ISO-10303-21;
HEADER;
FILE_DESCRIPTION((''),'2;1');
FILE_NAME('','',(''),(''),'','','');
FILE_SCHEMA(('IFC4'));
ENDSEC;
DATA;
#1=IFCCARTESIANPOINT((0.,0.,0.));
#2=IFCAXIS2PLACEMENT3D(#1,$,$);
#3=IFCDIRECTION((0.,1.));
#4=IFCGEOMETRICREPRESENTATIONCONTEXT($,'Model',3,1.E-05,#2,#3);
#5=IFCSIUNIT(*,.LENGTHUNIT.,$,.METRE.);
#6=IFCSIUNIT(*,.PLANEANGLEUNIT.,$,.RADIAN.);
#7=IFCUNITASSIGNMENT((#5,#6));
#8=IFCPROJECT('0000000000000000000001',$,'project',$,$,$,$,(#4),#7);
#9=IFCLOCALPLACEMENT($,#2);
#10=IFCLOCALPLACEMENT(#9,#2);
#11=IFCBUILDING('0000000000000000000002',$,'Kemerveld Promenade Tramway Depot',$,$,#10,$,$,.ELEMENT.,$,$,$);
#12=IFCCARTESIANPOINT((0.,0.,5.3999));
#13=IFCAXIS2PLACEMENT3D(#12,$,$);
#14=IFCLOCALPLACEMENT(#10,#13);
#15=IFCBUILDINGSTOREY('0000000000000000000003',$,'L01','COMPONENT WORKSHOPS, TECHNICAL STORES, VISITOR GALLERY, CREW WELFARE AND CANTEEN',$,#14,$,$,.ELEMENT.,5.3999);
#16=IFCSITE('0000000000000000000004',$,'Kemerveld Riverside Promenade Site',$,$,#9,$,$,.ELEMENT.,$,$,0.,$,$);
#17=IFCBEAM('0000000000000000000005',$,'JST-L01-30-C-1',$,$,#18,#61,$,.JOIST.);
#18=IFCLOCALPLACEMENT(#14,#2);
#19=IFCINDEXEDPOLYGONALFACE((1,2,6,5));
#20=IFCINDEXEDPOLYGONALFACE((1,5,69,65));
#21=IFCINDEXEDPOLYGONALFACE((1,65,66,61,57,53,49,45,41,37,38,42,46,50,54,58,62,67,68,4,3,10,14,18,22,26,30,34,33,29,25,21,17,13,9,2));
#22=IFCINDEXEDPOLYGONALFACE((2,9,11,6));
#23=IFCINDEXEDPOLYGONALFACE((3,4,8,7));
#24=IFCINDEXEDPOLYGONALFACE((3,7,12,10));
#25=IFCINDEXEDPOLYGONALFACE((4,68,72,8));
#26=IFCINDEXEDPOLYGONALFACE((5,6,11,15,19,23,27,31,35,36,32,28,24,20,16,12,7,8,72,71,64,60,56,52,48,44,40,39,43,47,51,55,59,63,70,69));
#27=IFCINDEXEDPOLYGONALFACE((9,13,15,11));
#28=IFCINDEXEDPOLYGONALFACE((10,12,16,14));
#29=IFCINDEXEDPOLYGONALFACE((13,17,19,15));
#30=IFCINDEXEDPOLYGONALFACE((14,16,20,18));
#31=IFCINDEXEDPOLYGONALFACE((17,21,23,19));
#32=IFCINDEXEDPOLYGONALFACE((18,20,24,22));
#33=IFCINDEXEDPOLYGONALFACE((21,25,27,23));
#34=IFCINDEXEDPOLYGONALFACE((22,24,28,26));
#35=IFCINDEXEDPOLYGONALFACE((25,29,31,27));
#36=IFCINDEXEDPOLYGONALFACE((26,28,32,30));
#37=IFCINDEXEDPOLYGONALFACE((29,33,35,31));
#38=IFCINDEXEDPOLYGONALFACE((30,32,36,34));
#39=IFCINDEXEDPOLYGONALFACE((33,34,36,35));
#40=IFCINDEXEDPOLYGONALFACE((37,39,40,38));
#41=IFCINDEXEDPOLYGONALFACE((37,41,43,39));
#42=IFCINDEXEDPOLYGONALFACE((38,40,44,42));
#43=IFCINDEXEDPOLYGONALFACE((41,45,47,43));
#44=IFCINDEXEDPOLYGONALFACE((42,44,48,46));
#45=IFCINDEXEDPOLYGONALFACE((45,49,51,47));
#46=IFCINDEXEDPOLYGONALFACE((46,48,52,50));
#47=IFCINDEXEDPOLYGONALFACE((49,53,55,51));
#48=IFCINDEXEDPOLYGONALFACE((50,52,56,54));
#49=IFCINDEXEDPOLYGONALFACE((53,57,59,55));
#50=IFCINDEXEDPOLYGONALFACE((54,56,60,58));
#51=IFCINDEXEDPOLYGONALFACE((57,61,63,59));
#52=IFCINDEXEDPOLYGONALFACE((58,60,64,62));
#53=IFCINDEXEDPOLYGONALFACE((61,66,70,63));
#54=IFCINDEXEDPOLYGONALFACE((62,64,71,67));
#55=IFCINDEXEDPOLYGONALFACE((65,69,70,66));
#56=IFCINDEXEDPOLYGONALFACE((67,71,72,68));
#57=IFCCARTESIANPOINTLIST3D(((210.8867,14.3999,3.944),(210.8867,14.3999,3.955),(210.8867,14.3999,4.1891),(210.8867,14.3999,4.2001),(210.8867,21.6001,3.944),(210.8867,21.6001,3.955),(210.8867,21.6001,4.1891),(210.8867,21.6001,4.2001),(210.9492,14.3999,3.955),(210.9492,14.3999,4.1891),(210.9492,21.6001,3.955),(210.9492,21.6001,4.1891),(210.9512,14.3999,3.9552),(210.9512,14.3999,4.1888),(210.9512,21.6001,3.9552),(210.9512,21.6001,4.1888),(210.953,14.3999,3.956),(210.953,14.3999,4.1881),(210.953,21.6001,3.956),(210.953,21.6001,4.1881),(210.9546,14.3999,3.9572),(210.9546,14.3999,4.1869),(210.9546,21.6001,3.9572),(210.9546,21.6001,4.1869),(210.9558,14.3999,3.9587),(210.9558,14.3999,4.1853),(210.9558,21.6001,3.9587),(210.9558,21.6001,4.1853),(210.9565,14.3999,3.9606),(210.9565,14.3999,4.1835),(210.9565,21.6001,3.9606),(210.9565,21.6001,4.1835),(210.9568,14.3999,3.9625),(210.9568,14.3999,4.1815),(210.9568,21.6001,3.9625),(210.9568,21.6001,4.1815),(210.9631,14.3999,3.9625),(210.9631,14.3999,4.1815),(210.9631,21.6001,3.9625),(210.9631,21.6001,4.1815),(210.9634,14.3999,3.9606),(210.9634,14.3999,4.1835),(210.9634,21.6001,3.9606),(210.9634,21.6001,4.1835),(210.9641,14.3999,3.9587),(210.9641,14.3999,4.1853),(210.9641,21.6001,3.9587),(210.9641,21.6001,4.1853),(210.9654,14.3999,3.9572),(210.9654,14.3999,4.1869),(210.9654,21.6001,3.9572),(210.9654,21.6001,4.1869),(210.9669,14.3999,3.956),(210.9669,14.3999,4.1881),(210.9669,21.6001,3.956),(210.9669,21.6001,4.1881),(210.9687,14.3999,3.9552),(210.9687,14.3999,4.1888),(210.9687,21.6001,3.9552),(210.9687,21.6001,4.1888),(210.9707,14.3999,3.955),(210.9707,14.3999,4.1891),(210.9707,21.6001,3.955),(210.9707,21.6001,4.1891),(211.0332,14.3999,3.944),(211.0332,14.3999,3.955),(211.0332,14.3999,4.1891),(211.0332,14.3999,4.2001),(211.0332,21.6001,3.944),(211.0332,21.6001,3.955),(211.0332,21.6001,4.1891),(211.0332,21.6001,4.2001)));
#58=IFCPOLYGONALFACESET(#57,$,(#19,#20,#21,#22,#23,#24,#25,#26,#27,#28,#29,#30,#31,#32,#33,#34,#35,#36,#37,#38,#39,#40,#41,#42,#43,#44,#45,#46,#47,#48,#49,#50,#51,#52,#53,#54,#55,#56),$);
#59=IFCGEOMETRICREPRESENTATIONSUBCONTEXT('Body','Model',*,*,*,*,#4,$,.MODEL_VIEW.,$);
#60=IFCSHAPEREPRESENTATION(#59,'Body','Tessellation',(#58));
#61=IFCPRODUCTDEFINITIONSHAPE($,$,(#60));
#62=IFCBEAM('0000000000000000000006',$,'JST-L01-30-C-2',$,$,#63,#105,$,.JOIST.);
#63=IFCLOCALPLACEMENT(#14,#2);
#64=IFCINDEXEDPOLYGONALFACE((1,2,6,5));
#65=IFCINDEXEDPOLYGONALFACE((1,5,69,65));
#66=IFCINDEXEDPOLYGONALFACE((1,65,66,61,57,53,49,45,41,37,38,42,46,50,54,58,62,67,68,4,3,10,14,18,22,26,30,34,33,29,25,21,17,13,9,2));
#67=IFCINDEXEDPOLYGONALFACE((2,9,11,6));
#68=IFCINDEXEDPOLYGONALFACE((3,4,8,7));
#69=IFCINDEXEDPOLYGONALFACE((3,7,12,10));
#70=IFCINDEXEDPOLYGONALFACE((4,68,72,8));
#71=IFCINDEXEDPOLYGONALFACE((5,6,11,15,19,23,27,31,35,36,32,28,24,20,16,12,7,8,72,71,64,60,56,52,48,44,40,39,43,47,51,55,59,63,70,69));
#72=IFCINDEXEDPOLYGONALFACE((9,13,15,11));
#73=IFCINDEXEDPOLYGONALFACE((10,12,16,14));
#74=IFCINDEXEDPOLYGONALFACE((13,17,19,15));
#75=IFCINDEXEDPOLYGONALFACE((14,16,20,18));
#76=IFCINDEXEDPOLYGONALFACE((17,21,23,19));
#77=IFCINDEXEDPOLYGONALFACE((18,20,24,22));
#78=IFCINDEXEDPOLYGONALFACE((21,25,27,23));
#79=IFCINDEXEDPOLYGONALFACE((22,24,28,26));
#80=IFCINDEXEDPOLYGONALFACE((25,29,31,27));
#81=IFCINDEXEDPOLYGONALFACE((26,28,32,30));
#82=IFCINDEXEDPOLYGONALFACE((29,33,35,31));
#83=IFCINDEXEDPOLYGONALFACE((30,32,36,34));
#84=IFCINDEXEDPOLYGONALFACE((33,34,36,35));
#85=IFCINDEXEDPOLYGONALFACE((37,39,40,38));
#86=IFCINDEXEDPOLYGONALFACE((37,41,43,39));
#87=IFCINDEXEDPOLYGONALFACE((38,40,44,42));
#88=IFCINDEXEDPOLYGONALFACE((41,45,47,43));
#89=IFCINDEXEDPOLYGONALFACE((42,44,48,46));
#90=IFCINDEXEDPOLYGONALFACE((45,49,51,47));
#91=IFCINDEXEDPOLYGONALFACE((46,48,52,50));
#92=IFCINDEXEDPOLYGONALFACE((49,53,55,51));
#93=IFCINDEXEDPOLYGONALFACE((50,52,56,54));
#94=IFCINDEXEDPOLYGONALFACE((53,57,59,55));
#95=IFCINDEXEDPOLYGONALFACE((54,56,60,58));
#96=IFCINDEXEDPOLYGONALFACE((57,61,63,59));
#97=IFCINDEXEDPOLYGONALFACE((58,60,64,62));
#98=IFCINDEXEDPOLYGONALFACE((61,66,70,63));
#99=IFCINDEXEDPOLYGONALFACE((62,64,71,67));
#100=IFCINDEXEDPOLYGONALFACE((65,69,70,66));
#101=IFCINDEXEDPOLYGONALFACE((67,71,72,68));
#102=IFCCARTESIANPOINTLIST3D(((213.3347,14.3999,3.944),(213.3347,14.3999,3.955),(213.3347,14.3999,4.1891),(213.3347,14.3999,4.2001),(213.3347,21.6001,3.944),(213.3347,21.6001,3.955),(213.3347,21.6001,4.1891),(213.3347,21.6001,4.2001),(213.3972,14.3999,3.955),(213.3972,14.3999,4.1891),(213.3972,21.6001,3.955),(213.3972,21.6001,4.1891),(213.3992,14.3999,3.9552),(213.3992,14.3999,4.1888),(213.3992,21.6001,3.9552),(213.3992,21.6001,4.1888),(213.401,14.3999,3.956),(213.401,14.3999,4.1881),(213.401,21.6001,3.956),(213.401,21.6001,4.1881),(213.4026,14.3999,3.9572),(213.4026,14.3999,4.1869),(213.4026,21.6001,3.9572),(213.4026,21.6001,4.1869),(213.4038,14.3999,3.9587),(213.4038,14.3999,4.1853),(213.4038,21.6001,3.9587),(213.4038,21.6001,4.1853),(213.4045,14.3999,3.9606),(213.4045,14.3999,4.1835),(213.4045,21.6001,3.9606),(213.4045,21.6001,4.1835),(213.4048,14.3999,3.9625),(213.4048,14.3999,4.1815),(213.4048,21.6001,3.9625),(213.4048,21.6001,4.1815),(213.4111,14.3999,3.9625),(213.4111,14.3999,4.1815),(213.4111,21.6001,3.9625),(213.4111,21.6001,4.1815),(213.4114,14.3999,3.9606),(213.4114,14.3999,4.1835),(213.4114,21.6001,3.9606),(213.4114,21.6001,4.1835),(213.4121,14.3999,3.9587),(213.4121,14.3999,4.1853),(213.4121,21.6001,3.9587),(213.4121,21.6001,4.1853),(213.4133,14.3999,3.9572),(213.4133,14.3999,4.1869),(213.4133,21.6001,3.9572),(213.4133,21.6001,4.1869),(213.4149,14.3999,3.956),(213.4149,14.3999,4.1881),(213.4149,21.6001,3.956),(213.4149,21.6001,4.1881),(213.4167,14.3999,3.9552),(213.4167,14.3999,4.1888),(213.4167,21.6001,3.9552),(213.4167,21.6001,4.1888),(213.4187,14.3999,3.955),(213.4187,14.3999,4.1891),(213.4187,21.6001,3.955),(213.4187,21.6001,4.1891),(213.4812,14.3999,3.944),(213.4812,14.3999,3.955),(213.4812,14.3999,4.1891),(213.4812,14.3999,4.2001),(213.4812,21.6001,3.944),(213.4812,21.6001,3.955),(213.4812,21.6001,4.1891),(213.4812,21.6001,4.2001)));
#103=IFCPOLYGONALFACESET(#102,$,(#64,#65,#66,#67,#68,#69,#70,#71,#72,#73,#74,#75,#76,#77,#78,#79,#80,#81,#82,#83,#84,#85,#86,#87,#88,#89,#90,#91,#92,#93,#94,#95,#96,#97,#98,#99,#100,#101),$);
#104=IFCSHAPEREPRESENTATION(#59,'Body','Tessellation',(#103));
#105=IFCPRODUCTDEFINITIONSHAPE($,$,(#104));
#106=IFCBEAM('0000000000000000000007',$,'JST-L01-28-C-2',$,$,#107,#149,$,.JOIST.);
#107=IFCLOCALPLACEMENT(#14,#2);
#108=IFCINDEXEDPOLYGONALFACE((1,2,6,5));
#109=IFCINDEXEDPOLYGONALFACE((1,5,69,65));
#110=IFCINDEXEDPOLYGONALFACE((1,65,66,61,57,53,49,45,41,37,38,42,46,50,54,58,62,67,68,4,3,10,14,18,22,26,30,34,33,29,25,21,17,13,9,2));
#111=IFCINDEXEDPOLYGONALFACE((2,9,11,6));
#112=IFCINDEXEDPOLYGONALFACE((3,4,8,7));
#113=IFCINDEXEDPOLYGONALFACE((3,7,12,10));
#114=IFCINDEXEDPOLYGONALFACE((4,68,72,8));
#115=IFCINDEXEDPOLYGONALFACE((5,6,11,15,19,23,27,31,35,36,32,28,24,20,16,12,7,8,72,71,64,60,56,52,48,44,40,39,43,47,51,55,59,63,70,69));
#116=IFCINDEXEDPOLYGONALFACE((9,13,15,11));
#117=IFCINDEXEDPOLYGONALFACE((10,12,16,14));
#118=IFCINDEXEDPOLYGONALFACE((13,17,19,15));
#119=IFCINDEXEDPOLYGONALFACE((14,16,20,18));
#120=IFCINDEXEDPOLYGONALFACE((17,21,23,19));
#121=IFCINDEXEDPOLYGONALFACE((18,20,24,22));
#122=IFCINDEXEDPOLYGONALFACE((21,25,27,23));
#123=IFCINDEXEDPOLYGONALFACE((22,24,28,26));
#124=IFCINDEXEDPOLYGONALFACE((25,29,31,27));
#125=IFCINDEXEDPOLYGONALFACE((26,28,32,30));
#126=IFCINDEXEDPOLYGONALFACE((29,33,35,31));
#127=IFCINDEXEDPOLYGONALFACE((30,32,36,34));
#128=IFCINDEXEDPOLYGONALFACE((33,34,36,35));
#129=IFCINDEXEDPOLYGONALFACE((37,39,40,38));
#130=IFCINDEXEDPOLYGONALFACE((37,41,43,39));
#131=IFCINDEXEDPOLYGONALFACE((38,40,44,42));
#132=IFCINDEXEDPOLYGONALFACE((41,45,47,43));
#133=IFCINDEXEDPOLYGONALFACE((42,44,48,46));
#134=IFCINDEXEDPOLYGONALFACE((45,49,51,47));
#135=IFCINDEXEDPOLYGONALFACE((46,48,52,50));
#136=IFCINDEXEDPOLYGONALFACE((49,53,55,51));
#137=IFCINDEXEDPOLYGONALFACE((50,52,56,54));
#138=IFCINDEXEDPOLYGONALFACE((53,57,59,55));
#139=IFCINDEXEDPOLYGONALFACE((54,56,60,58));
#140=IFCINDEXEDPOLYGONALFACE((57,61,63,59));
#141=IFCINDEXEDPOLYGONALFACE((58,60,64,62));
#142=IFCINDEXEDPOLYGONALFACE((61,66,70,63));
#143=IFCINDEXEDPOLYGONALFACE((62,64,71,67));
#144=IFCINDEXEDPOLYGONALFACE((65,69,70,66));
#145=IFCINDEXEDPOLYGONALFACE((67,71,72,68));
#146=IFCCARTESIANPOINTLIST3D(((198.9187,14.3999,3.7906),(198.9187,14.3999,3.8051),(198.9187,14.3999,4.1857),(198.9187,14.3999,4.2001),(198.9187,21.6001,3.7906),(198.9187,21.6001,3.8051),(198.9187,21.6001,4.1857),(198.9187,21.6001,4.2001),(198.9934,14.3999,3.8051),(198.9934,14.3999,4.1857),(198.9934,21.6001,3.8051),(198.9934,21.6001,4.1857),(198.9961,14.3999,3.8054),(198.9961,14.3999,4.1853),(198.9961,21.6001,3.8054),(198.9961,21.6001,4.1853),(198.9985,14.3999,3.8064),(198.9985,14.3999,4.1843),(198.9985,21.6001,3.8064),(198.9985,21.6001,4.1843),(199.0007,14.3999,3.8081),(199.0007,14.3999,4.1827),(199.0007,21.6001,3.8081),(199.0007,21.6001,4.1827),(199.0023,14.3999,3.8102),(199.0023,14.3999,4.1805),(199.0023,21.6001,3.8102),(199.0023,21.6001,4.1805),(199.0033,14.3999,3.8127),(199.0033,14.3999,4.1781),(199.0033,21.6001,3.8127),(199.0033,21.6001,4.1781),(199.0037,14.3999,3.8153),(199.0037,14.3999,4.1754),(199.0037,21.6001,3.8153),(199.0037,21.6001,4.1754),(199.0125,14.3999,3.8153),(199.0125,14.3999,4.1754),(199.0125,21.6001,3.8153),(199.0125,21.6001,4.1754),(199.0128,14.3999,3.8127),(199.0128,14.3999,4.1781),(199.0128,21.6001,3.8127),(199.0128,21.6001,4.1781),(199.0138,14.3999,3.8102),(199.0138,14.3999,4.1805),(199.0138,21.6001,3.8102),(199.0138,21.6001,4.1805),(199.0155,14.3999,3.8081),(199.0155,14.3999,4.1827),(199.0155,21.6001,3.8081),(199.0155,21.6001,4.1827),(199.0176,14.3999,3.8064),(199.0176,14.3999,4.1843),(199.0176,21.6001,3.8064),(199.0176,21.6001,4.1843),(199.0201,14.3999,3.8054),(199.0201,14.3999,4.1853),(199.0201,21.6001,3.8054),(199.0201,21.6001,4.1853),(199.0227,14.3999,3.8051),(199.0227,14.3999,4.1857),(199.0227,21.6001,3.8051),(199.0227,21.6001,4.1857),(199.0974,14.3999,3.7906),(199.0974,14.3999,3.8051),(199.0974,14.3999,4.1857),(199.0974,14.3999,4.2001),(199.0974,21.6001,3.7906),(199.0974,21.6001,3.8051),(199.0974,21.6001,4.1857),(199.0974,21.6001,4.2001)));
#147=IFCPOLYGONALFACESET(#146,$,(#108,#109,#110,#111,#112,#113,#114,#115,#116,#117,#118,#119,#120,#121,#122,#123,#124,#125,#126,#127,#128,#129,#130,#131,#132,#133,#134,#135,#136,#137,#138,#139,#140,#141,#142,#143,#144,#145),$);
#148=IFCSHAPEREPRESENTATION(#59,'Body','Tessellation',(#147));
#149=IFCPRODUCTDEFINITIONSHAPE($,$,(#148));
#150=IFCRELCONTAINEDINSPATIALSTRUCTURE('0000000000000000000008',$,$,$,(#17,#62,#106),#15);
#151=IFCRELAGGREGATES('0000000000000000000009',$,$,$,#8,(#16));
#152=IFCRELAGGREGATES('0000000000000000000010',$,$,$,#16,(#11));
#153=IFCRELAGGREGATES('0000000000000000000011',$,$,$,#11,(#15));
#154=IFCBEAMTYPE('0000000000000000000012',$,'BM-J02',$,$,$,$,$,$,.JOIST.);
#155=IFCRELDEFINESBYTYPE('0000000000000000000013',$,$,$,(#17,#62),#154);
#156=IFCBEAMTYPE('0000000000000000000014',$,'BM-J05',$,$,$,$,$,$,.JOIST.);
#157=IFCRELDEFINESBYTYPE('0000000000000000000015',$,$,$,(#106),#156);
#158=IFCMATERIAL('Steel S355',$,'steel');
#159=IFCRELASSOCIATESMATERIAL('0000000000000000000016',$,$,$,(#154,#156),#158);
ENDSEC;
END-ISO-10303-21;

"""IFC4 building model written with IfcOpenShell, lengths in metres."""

from ifc_helpers import new_model, si_unit, direction, frame, origin, origin_2d, place, context, subcontext, project, spatial, i_section, extrude, material, material_profile, profile_set, type_object, element, save


model = new_model("IFC4")

# Units and contexts
model_context = context("Model", 3, precision=1e-05, world=origin(), true_north=direction((0.0, 1.0)))
body_context = subcontext(model_context, "Body", "Model", "MODEL_VIEW")
ifc_project = project(units=[si_unit("LENGTHUNIT", "METRE"), si_unit("PLANEANGLEUNIT", "RADIAN")], contexts=[model_context])

# Site, building, storey
site_placement = place(None, origin())
site = spatial("IfcSite", under=ifc_project, at=site_placement, Name="Kemerveld Riverside Promenade Site", CompositionType="ELEMENT", RefElevation=0.0)
building_placement = place(site_placement, origin())
building = spatial("IfcBuilding", under=site, at=building_placement, Name="Kemerveld Promenade Tramway Depot", CompositionType="ELEMENT")
storey_placement = place(building_placement, frame((0.0, 0.0, 5.3999)))
storey = spatial("IfcBuildingStorey", under=building, at=storey_placement, Name="L01", Description="COMPONENT WORKSHOPS, TECHNICAL STORES, VISITOR GALLERY, CREW WELFARE AND CANTEEN", CompositionType="ELEMENT", Elevation=5.3999)

# Shared definitions
ifc_material_1 = material(Name="Steel S355", Category="steel")

# Beams
ifc_material_profile_1 = material_profile(ifc_material_1, i_section(OverallWidth=0.1465, OverallDepth=0.2561, WebThickness=0.0063, FlangeThickness=0.011, FilletRadius=0.0076, at=origin_2d()), Name="254x146x37 UB")
ifc_profile_set_1 = profile_set([ifc_material_profile_1], Name="Steel S355")
beam_type_1 = type_object("IfcBeamType", Name="BM-J02", PredefinedType="JOIST", material=ifc_profile_set_1)
for number, where, z_axis, x_axis, name in (
    (1, (210.96, 14.3999, 4.072), (0.0, 1.0, 0.0), (-1.0, 0.0, 0.0), "JST-L01-30-C-1"),
    (2, (213.408, 14.3999, 4.072), (0.0, 1.0, 0.0), (-1.0, 0.0, 0.0), "JST-L01-30-C-2"),
):
    element("IfcBeam", number, at=place(storey_placement, frame(where, z_axis=z_axis, x_axis=x_axis)), inside=storey, type_object=beam_type_1, Name=name, PredefinedType="JOIST", context=body_context, shape_type="SweptSolid", body=[
        extrude(i_section(OverallWidth=0.1465, OverallDepth=0.2561, WebThickness=0.0063, FlangeThickness=0.011, FilletRadius=0.0076, at=origin_2d()), origin(), (0.0, 0.0, 1.0), 7.2002),
    ])
ifc_material_profile_2 = material_profile(ifc_material_1, i_section(OverallWidth=0.1787, OverallDepth=0.4094, WebThickness=0.0088, FlangeThickness=0.0144, FilletRadius=0.0103, at=origin_2d()), Name="406x178x67 UB")
ifc_profile_set_2 = profile_set([ifc_material_profile_2], Name="Steel S355")
beam_type_2 = type_object("IfcBeamType", Name="BM-J05", PredefinedType="JOIST", material=ifc_profile_set_2)
beam_1_placement = place(storey_placement, frame((199.0081, 14.3999, 3.9954), z_axis=(0.0, 1.0, 0.0), x_axis=(-1.0, 0.0, 0.0)))
element("IfcBeam", 3, at=beam_1_placement, inside=storey, type_object=beam_type_2, Name="JST-L01-28-C-2", PredefinedType="JOIST", context=body_context, shape_type="SweptSolid", body=[
    extrude(i_section(OverallWidth=0.1787, OverallDepth=0.4094, WebThickness=0.0088, FlangeThickness=0.0144, FilletRadius=0.0103, at=origin_2d()), origin(), (0.0, 0.0, 1.0), 7.2002),
])

save(model, "model.ifc")
